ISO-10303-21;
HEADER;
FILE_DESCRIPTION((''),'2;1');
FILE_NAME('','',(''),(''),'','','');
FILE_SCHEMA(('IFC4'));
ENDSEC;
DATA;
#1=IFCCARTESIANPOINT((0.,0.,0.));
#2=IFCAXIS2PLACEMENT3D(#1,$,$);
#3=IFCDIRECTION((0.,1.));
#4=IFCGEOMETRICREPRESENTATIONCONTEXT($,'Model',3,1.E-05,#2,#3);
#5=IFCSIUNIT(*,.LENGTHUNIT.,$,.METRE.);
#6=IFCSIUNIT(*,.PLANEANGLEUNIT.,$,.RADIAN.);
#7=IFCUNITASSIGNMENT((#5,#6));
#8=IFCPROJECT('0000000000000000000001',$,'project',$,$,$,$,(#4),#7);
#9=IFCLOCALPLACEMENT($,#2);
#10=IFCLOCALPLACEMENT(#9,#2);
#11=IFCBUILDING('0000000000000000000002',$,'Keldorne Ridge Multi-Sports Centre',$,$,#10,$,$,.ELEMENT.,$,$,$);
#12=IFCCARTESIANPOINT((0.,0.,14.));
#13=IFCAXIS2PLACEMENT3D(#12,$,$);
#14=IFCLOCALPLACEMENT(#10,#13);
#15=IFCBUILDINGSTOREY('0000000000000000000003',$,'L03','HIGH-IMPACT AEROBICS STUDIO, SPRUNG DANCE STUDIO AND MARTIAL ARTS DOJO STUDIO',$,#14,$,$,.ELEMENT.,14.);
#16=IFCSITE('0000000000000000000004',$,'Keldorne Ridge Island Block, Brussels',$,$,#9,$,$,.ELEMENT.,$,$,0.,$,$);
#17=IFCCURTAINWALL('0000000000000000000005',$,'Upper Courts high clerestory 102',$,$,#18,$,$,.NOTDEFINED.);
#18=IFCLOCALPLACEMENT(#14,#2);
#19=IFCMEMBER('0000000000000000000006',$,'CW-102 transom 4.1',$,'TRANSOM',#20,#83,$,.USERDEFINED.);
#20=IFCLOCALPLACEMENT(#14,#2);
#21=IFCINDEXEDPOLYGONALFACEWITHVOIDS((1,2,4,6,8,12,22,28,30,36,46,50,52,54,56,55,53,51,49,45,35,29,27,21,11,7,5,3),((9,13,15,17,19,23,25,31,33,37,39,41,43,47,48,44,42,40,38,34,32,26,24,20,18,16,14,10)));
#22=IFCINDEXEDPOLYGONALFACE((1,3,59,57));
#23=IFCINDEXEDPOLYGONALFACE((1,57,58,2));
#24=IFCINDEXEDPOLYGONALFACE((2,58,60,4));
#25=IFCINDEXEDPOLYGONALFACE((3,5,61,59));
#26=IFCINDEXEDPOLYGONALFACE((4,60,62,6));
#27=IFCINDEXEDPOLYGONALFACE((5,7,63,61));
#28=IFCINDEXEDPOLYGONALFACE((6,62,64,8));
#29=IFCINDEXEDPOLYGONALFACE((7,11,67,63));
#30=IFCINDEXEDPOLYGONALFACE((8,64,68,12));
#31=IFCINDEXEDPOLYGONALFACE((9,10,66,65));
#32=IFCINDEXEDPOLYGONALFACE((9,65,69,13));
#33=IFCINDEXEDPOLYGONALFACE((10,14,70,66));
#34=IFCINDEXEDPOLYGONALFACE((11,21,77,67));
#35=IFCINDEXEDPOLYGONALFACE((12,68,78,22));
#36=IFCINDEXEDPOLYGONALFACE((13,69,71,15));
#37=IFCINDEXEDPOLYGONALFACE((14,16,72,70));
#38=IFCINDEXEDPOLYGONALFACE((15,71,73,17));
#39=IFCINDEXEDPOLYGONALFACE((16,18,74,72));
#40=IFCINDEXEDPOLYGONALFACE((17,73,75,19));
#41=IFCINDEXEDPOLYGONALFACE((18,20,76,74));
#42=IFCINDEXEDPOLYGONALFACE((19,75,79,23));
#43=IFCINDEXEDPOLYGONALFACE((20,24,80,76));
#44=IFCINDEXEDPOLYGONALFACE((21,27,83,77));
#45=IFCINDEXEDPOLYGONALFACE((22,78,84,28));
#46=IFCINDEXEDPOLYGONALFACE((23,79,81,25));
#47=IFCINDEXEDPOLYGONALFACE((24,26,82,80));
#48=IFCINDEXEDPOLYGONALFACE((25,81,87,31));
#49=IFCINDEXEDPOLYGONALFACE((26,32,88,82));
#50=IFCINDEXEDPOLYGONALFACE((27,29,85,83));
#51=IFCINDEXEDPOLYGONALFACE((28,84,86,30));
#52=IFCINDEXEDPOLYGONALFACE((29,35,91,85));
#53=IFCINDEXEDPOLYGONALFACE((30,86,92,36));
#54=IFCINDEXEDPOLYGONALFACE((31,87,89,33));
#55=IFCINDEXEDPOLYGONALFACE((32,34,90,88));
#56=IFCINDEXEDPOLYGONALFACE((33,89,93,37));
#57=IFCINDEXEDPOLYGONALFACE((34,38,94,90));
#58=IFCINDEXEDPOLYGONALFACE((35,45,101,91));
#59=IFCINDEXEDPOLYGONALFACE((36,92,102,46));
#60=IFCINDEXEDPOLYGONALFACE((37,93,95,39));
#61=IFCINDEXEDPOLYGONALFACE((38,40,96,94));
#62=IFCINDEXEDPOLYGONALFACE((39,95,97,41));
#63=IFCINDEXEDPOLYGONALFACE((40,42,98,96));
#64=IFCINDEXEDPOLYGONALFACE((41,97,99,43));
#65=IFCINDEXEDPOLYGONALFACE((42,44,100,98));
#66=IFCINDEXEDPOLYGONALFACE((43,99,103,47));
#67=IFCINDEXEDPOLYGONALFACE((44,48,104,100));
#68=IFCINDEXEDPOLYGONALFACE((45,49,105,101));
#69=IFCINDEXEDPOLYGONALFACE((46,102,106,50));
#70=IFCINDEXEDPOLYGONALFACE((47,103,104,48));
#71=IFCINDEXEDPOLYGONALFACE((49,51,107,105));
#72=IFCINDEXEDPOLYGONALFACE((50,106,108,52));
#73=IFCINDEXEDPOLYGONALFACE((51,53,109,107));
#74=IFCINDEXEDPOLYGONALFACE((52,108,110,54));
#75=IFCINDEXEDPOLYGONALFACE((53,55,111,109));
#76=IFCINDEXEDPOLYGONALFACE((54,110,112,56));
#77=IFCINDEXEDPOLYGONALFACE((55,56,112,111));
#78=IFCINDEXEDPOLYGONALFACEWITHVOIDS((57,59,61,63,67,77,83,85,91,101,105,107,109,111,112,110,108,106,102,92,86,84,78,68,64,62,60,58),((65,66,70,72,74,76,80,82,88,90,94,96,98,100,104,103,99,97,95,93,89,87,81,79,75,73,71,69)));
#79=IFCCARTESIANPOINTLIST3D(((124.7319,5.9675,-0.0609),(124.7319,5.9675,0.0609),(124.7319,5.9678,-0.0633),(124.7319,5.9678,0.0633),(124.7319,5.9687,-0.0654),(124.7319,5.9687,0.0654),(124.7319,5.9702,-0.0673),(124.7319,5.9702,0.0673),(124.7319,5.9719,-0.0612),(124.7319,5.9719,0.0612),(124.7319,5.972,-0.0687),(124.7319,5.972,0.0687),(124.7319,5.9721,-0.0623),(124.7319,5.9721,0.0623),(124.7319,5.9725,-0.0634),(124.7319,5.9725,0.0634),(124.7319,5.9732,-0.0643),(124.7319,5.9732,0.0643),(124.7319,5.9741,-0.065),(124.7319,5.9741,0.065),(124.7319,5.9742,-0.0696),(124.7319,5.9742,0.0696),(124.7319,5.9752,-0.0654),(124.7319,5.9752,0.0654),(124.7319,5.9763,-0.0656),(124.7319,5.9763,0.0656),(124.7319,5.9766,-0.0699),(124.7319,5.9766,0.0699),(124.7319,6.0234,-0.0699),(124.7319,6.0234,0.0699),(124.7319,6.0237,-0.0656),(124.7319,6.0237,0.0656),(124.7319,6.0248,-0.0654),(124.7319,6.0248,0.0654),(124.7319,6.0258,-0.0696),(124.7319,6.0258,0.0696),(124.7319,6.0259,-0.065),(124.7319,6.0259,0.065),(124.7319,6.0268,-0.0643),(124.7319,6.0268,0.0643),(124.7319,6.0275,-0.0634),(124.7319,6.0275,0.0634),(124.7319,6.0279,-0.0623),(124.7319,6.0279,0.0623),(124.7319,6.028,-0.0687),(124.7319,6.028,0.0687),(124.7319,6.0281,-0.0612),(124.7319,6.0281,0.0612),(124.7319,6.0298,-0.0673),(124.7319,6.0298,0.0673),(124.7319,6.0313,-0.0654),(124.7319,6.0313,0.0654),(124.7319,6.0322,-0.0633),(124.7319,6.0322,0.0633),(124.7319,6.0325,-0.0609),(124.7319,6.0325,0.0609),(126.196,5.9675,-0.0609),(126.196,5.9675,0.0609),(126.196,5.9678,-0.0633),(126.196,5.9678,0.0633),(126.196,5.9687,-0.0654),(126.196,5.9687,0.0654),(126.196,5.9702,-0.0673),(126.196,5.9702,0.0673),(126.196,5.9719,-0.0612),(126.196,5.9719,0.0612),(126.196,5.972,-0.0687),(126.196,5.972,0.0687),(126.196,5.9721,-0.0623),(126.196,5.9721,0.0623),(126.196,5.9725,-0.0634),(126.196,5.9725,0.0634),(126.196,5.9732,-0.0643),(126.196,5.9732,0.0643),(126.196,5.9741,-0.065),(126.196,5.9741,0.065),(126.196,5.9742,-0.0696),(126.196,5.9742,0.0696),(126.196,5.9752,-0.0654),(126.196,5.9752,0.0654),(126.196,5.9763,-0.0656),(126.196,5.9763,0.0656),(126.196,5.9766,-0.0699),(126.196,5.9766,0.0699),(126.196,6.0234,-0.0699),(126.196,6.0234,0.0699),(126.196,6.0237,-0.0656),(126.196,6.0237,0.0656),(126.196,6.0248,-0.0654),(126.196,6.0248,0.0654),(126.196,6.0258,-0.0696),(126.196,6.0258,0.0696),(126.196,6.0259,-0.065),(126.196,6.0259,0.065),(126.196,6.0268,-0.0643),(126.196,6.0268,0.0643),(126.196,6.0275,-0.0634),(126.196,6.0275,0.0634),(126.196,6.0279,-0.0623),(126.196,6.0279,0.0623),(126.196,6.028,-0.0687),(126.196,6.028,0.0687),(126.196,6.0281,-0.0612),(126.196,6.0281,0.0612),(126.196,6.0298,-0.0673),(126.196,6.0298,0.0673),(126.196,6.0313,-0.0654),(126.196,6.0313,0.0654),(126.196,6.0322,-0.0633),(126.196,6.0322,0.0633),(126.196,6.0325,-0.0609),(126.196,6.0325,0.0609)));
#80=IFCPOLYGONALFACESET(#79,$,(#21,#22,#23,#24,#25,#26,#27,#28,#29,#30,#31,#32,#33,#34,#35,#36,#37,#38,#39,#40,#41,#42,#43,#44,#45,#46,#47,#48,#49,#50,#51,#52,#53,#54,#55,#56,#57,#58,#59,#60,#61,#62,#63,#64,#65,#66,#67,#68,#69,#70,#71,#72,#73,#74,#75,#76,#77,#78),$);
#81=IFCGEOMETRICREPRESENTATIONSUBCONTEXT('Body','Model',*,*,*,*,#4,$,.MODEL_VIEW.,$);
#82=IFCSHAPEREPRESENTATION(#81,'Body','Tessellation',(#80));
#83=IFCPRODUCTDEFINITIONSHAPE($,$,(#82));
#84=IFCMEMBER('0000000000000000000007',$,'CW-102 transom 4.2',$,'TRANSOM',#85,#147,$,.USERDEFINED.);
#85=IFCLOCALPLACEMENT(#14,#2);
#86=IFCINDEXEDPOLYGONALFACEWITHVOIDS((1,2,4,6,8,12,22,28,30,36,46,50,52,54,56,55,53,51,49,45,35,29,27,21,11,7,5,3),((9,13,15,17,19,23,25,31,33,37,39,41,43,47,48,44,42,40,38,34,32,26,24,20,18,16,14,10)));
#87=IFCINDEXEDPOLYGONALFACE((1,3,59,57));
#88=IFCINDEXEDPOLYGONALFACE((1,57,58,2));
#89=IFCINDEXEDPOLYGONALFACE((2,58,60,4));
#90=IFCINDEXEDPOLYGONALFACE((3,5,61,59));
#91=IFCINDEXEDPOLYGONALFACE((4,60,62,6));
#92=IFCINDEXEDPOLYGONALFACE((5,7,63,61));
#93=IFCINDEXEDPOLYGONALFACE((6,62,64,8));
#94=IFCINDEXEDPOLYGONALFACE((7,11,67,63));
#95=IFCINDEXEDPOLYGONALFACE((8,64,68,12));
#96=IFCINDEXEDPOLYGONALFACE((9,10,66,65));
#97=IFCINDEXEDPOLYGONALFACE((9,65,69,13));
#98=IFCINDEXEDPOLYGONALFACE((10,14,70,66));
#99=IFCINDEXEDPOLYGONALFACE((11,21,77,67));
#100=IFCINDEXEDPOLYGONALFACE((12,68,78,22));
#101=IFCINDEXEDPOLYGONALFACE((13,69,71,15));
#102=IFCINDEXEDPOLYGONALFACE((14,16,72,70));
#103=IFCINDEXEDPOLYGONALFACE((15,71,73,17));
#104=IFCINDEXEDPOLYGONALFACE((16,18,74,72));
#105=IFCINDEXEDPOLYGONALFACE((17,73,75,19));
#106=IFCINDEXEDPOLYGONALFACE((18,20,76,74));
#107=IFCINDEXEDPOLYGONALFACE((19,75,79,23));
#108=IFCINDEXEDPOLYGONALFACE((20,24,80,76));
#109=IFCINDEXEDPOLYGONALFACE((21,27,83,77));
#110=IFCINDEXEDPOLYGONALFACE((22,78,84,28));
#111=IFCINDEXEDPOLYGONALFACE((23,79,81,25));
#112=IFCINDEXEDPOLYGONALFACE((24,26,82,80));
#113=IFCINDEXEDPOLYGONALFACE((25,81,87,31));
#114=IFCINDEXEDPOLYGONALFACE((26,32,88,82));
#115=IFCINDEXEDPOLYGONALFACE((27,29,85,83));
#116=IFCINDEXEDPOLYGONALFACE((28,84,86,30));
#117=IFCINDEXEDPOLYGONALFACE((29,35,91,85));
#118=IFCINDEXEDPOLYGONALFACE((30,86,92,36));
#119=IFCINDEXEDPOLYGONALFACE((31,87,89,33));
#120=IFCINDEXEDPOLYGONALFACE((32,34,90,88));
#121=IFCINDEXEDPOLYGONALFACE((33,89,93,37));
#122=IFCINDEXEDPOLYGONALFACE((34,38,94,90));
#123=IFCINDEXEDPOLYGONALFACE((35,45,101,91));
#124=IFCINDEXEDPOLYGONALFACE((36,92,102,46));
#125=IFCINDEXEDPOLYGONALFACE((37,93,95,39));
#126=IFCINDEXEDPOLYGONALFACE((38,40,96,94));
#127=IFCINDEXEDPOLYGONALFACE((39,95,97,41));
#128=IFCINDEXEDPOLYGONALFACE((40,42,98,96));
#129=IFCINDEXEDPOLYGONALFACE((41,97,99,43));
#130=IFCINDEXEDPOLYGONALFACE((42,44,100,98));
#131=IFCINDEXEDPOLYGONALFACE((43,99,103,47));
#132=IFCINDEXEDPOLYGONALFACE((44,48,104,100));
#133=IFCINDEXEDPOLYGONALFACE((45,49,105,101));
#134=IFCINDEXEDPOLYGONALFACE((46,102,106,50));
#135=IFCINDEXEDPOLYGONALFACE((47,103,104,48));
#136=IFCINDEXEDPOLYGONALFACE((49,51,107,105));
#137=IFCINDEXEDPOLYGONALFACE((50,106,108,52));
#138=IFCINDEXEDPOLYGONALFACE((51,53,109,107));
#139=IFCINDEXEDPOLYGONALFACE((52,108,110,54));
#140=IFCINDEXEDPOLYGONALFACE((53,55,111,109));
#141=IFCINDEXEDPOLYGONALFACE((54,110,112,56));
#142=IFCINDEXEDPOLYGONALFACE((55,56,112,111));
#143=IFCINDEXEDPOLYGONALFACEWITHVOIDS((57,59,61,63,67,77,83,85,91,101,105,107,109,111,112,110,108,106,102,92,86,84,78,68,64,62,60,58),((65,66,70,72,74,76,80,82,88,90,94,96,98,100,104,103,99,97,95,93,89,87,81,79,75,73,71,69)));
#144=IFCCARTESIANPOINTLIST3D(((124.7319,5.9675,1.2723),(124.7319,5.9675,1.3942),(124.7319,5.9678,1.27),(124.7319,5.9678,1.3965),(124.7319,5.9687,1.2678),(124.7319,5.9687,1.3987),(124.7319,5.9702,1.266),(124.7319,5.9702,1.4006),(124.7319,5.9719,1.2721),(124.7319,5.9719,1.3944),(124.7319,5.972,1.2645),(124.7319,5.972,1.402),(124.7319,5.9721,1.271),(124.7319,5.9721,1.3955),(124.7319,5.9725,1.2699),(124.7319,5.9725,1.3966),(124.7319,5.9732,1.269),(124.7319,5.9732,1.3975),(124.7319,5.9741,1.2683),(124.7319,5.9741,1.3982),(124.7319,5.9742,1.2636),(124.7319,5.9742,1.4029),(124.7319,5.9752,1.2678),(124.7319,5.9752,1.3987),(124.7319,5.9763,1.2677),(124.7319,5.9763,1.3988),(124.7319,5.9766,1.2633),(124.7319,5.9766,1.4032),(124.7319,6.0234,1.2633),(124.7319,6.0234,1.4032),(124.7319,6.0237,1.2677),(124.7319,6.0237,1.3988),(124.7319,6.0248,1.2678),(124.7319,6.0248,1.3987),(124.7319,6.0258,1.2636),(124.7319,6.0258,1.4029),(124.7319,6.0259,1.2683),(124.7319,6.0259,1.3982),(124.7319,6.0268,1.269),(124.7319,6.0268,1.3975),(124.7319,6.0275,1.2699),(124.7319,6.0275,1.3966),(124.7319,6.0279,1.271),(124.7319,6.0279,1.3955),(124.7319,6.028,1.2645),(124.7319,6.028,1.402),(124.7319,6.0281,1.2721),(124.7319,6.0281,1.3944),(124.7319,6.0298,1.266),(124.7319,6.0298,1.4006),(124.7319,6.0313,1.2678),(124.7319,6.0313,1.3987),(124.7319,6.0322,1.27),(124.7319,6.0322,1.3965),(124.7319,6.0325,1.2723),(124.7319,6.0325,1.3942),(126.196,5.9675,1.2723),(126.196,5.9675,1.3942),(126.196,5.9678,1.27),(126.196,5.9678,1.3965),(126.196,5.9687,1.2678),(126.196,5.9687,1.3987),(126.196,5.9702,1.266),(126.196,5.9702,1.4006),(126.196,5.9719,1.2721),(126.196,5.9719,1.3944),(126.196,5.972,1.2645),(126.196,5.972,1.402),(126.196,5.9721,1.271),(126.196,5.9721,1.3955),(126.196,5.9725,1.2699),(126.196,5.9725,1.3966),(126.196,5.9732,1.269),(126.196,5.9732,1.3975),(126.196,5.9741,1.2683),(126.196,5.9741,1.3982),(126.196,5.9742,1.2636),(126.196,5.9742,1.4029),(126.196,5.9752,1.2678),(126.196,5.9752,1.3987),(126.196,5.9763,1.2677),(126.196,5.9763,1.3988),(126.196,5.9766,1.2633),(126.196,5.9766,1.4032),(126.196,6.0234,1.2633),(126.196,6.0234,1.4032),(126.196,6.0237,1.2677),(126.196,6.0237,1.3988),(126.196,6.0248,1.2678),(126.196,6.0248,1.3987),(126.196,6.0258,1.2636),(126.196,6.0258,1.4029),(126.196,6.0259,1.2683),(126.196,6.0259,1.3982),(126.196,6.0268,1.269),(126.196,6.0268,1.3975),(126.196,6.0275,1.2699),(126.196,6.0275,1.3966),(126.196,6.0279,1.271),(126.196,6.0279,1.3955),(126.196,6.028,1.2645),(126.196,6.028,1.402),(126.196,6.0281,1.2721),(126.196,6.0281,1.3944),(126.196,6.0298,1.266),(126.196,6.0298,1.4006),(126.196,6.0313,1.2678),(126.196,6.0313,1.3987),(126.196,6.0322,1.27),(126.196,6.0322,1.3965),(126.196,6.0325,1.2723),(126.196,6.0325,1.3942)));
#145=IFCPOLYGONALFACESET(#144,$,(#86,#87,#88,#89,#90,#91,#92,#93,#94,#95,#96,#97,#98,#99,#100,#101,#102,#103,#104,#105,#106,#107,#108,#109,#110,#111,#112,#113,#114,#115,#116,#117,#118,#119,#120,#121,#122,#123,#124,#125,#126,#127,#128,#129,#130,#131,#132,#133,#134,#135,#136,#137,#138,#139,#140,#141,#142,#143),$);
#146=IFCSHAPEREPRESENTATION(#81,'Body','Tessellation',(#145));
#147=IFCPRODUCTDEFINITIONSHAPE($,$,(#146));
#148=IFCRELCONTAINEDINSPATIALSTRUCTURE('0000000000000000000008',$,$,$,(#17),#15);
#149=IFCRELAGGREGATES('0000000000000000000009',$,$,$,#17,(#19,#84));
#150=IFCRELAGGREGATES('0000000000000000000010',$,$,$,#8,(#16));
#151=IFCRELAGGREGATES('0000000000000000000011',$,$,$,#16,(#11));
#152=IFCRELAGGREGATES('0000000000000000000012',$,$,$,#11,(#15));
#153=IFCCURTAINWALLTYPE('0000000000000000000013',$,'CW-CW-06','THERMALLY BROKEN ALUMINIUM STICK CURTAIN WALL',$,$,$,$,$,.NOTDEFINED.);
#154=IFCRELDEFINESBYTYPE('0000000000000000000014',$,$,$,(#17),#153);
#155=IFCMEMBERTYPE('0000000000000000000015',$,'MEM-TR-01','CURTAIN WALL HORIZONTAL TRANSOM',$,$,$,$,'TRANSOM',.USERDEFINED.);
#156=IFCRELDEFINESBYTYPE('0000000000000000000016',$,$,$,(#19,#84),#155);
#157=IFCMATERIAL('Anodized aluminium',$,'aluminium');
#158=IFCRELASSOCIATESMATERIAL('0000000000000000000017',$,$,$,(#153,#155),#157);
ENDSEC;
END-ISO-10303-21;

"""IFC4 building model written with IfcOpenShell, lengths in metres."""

from ifc_helpers import new_model, si_unit, direction, frame, origin, origin_2d, place, context, subcontext, project, spatial, hollow_rectangle, extrude, material, material_profile, profile_set, type_object, element, aggregate, save


model = new_model("IFC4")

# Units and contexts
model_context = context("Model", 3, precision=1e-05, world=origin(), true_north=direction((0.0, 1.0)))
body_context = subcontext(model_context, "Body", "Model", "MODEL_VIEW")
ifc_project = project(units=[si_unit("LENGTHUNIT", "METRE"), si_unit("PLANEANGLEUNIT", "RADIAN")], contexts=[model_context])

# Site, building, storey
site_placement = place(None, origin())
site = spatial("IfcSite", under=ifc_project, at=site_placement, Name="Keldorne Ridge Island Block, Brussels", CompositionType="ELEMENT", RefElevation=0.0)
building_placement = place(site_placement, origin())
building = spatial("IfcBuilding", under=site, at=building_placement, Name="Keldorne Ridge Multi-Sports Centre", CompositionType="ELEMENT")
storey_placement = place(building_placement, frame((0.0, 0.0, 14.0)))
storey = spatial("IfcBuildingStorey", under=building, at=storey_placement, Name="L03", Description="HIGH-IMPACT AEROBICS STUDIO, SPRUNG DANCE STUDIO AND MARTIAL ARTS DOJO STUDIO", CompositionType="ELEMENT", Elevation=14.0)

# Curtain wall, members
ifc_material_1 = material(Name="Anodized aluminium", Category="aluminium")
curtain_wall_type = type_object("IfcCurtainWallType", Name="CW-CW-06", Description="THERMALLY BROKEN ALUMINIUM STICK CURTAIN WALL", PredefinedType="NOTDEFINED", material=ifc_material_1)
curtain_wall_placement = place(storey_placement, origin())
curtain_wall = element("IfcCurtainWall", 1, at=curtain_wall_placement, inside=storey, type_object=curtain_wall_type, Name="Upper Courts high clerestory 102", PredefinedType="NOTDEFINED")
ifc_material_profile_1 = material_profile(ifc_material_1, hollow_rectangle(XDim=0.0649, YDim=0.1399, WallThickness=0.0044, InnerFilletRadius=0.0044, OuterFilletRadius=0.009, at=origin_2d()), Name="ALU TRANSOM 140x65x4.5")
ifc_profile_set_1 = profile_set([ifc_material_profile_1], Name="Anodized aluminium")
member_type_1 = type_object("IfcMemberType", Name="MEM-TR-01", Description="CURTAIN WALL HORIZONTAL TRANSOM", ElementType="TRANSOM", PredefinedType="USERDEFINED", material=ifc_profile_set_1)
member_1_placement = place(storey_placement, frame((124.7319, 6.0, 0.0), z_axis=(1.0, 0.0, 0.0), x_axis=(0.0, 1.0, 0.0)))
member_1 = element("IfcMember", 2, at=member_1_placement, type_object=member_type_1, Name="CW-102 transom 4.1", ObjectType="TRANSOM", PredefinedType="USERDEFINED", context=body_context, shape_type="SweptSolid", body=[
    extrude(hollow_rectangle(XDim=0.0649, YDim=0.1399, WallThickness=0.0044, InnerFilletRadius=0.0044, OuterFilletRadius=0.009, at=origin_2d()), origin(), (0.0, 0.0, 1.0), 1.4641),
])
member_2_placement = place(storey_placement, frame((124.7319, 6.0, 1.3333), z_axis=(1.0, 0.0, 0.0), x_axis=(0.0, 1.0, 0.0)))
member_2 = element("IfcMember", 3, at=member_2_placement, type_object=member_type_1, Name="CW-102 transom 4.2", ObjectType="TRANSOM", PredefinedType="USERDEFINED", context=body_context, shape_type="SweptSolid", body=[
    extrude(hollow_rectangle(XDim=0.0649, YDim=0.1399, WallThickness=0.0044, InnerFilletRadius=0.0044, OuterFilletRadius=0.009, at=origin_2d()), origin(), (0.0, 0.0, 1.0), 1.4641),
])
aggregate(curtain_wall, [member_1, member_2])

save(model, "model.ifc")
